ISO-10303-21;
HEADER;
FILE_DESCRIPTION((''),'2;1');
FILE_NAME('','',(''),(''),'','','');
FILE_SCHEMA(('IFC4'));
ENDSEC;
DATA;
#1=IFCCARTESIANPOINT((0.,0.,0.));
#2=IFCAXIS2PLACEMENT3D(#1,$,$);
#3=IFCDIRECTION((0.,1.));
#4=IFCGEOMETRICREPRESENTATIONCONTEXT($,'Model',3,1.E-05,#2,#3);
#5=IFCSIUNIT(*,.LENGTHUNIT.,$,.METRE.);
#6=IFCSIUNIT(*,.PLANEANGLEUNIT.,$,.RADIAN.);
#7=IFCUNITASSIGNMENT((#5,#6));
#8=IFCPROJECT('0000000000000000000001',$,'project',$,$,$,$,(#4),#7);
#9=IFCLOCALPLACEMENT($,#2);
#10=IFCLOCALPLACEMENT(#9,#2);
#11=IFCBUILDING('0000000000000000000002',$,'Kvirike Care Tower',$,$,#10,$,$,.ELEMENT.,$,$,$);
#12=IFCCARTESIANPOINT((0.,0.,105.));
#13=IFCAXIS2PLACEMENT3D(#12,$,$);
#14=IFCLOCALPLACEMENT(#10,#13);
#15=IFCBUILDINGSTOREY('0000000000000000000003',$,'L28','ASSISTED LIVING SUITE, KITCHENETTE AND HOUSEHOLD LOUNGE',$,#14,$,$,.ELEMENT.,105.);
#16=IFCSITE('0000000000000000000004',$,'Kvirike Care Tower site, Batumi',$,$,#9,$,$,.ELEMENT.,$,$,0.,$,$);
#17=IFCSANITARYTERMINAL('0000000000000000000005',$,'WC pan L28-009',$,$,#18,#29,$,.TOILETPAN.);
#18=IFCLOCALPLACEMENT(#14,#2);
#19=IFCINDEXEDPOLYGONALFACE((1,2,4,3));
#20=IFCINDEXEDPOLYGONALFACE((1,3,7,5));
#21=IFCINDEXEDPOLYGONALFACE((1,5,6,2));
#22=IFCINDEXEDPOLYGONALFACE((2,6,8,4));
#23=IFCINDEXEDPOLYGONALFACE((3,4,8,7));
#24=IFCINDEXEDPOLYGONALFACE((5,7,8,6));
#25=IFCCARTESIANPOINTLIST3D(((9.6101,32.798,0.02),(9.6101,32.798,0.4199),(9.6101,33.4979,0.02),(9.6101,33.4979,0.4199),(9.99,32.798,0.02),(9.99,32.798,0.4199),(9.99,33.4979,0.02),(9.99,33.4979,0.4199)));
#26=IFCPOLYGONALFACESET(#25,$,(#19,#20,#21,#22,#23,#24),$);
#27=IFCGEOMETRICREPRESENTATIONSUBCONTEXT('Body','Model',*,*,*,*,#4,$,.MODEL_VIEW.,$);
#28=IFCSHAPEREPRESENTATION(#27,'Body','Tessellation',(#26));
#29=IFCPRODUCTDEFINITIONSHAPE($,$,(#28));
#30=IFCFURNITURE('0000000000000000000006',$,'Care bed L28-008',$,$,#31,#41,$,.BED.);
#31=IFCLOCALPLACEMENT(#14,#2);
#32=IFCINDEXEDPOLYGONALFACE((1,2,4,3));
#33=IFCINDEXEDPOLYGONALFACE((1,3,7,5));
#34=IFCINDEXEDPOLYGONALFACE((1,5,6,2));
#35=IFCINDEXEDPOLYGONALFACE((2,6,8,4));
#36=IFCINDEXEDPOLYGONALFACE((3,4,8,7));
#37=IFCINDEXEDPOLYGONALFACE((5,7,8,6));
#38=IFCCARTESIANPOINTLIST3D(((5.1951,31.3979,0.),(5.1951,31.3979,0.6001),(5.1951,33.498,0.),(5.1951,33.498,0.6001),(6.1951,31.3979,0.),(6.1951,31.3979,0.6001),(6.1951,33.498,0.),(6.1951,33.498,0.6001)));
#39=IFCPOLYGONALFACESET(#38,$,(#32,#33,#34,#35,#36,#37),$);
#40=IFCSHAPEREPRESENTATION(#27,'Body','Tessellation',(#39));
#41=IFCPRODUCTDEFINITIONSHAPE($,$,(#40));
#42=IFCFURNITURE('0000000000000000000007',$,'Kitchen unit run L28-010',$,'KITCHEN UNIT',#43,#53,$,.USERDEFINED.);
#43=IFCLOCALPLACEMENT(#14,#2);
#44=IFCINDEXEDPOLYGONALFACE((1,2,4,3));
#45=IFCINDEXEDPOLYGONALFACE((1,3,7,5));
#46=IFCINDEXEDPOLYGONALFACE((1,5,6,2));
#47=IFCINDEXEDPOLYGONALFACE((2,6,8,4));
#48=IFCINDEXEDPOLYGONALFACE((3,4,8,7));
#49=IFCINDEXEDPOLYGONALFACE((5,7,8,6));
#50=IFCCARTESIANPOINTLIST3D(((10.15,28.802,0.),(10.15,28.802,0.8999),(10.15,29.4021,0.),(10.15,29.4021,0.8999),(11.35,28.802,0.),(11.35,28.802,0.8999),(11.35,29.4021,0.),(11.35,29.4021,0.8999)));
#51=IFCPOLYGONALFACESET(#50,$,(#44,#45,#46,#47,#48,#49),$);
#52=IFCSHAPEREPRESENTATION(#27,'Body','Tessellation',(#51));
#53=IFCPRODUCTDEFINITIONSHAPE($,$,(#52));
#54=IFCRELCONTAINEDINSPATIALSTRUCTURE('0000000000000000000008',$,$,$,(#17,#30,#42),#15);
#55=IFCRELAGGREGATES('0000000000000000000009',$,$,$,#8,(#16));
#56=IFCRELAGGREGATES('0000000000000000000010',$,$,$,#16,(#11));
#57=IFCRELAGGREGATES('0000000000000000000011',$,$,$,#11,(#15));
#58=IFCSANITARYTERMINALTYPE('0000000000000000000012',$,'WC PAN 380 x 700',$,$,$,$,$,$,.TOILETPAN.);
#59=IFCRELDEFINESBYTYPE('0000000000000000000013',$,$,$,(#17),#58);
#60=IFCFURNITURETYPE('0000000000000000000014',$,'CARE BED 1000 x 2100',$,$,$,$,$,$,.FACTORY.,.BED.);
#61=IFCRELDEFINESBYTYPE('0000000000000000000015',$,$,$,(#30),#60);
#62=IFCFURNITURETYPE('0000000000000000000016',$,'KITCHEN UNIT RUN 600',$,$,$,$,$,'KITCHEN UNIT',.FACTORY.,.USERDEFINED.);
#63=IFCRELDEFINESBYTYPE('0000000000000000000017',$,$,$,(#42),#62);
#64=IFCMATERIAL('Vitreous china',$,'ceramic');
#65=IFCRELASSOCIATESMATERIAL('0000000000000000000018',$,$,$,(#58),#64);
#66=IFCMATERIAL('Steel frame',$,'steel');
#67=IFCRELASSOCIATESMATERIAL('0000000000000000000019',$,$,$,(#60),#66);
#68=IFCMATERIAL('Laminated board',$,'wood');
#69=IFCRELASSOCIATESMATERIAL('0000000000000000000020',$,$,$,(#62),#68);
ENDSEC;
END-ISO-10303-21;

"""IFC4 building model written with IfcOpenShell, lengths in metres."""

from ifc_helpers import new_model, si_unit, direction, frame, origin, origin_2d, place, context, subcontext, project, spatial, rectangle, extrude, material, type_object, element, save


model = new_model("IFC4")

# Units and contexts
model_context = context("Model", 3, precision=1e-05, world=origin(), true_north=direction((0.0, 1.0)))
body_context = subcontext(model_context, "Body", "Model", "MODEL_VIEW")
ifc_project = project(units=[si_unit("LENGTHUNIT", "METRE"), si_unit("PLANEANGLEUNIT", "RADIAN")], contexts=[model_context])

# Site, building, storey
site_placement = place(None, origin())
site = spatial("IfcSite", under=ifc_project, at=site_placement, Name="Kvirike Care Tower site, Batumi", CompositionType="ELEMENT", RefElevation=0.0)
building_placement = place(site_placement, origin())
building = spatial("IfcBuilding", under=site, at=building_placement, Name="Kvirike Care Tower", CompositionType="ELEMENT")
storey_placement = place(building_placement, frame((0.0, 0.0, 105.0)))
storey = spatial("IfcBuildingStorey", under=building, at=storey_placement, Name="L28", Description="ASSISTED LIVING SUITE, KITCHENETTE AND HOUSEHOLD LOUNGE", CompositionType="ELEMENT", Elevation=105.0)

# Sanitary terminal
ifc_material_1 = material(Name="Vitreous china", Category="ceramic")
sanitary_terminal_type_1 = type_object("IfcSanitaryTerminalType", Name="WC PAN 380 x 700", PredefinedType="TOILETPAN", material=ifc_material_1)
sanitary_terminal_1_placement = place(storey_placement, frame((9.8, 33.1479, 0.02), z_axis=(0.0, 0.0, 1.0), x_axis=(1.0, 0.0, 0.0)))
element("IfcSanitaryTerminal", 1, at=sanitary_terminal_1_placement, inside=storey, type_object=sanitary_terminal_type_1, Name="WC pan L28-009", PredefinedType="TOILETPAN", context=body_context, shape_type="SweptSolid", body=[
    extrude(rectangle(XDim=0.3799, YDim=0.7, at=origin_2d()), origin(), (0.0, 0.0, 1.0), 0.3999),
])

# Furniture
ifc_material_2 = material(Name="Steel frame", Category="steel")
furniture_type_1 = type_object("IfcFurnitureType", Name="CARE BED 1000 x 2100", AssemblyPlace="FACTORY", PredefinedType="BED", material=ifc_material_2)
furniture_1_placement = place(storey_placement, frame((5.6951, 32.448, 0.0), z_axis=(0.0, 0.0, 1.0), x_axis=(1.0, 0.0, 0.0)))
element("IfcFurniture", 2, at=furniture_1_placement, inside=storey, type_object=furniture_type_1, Name="Care bed L28-008", PredefinedType="BED", context=body_context, shape_type="SweptSolid", body=[
    extrude(rectangle(XDim=1.0, YDim=2.1001, at=origin_2d()), origin(), (0.0, 0.0, 1.0), 0.6001),
])
ifc_material_3 = material(Name="Laminated board", Category="wood")
furniture_type_2 = type_object("IfcFurnitureType", Name="KITCHEN UNIT RUN 600", ElementType="KITCHEN UNIT", AssemblyPlace="FACTORY", PredefinedType="USERDEFINED", material=ifc_material_3)
furniture_2_placement = place(storey_placement, frame((10.75, 29.1021, 0.0), z_axis=(0.0, 0.0, 1.0), x_axis=(-1.0, 0.0, 0.0)))
element("IfcFurniture", 3, at=furniture_2_placement, inside=storey, type_object=furniture_type_2, Name="Kitchen unit run L28-010", ObjectType="KITCHEN UNIT", PredefinedType="USERDEFINED", context=body_context, shape_type="SweptSolid", body=[
    extrude(rectangle(XDim=1.2, YDim=0.6001, at=origin_2d()), origin(), (0.0, 0.0, 1.0), 0.8999),
])

save(model, "model.ifc")
